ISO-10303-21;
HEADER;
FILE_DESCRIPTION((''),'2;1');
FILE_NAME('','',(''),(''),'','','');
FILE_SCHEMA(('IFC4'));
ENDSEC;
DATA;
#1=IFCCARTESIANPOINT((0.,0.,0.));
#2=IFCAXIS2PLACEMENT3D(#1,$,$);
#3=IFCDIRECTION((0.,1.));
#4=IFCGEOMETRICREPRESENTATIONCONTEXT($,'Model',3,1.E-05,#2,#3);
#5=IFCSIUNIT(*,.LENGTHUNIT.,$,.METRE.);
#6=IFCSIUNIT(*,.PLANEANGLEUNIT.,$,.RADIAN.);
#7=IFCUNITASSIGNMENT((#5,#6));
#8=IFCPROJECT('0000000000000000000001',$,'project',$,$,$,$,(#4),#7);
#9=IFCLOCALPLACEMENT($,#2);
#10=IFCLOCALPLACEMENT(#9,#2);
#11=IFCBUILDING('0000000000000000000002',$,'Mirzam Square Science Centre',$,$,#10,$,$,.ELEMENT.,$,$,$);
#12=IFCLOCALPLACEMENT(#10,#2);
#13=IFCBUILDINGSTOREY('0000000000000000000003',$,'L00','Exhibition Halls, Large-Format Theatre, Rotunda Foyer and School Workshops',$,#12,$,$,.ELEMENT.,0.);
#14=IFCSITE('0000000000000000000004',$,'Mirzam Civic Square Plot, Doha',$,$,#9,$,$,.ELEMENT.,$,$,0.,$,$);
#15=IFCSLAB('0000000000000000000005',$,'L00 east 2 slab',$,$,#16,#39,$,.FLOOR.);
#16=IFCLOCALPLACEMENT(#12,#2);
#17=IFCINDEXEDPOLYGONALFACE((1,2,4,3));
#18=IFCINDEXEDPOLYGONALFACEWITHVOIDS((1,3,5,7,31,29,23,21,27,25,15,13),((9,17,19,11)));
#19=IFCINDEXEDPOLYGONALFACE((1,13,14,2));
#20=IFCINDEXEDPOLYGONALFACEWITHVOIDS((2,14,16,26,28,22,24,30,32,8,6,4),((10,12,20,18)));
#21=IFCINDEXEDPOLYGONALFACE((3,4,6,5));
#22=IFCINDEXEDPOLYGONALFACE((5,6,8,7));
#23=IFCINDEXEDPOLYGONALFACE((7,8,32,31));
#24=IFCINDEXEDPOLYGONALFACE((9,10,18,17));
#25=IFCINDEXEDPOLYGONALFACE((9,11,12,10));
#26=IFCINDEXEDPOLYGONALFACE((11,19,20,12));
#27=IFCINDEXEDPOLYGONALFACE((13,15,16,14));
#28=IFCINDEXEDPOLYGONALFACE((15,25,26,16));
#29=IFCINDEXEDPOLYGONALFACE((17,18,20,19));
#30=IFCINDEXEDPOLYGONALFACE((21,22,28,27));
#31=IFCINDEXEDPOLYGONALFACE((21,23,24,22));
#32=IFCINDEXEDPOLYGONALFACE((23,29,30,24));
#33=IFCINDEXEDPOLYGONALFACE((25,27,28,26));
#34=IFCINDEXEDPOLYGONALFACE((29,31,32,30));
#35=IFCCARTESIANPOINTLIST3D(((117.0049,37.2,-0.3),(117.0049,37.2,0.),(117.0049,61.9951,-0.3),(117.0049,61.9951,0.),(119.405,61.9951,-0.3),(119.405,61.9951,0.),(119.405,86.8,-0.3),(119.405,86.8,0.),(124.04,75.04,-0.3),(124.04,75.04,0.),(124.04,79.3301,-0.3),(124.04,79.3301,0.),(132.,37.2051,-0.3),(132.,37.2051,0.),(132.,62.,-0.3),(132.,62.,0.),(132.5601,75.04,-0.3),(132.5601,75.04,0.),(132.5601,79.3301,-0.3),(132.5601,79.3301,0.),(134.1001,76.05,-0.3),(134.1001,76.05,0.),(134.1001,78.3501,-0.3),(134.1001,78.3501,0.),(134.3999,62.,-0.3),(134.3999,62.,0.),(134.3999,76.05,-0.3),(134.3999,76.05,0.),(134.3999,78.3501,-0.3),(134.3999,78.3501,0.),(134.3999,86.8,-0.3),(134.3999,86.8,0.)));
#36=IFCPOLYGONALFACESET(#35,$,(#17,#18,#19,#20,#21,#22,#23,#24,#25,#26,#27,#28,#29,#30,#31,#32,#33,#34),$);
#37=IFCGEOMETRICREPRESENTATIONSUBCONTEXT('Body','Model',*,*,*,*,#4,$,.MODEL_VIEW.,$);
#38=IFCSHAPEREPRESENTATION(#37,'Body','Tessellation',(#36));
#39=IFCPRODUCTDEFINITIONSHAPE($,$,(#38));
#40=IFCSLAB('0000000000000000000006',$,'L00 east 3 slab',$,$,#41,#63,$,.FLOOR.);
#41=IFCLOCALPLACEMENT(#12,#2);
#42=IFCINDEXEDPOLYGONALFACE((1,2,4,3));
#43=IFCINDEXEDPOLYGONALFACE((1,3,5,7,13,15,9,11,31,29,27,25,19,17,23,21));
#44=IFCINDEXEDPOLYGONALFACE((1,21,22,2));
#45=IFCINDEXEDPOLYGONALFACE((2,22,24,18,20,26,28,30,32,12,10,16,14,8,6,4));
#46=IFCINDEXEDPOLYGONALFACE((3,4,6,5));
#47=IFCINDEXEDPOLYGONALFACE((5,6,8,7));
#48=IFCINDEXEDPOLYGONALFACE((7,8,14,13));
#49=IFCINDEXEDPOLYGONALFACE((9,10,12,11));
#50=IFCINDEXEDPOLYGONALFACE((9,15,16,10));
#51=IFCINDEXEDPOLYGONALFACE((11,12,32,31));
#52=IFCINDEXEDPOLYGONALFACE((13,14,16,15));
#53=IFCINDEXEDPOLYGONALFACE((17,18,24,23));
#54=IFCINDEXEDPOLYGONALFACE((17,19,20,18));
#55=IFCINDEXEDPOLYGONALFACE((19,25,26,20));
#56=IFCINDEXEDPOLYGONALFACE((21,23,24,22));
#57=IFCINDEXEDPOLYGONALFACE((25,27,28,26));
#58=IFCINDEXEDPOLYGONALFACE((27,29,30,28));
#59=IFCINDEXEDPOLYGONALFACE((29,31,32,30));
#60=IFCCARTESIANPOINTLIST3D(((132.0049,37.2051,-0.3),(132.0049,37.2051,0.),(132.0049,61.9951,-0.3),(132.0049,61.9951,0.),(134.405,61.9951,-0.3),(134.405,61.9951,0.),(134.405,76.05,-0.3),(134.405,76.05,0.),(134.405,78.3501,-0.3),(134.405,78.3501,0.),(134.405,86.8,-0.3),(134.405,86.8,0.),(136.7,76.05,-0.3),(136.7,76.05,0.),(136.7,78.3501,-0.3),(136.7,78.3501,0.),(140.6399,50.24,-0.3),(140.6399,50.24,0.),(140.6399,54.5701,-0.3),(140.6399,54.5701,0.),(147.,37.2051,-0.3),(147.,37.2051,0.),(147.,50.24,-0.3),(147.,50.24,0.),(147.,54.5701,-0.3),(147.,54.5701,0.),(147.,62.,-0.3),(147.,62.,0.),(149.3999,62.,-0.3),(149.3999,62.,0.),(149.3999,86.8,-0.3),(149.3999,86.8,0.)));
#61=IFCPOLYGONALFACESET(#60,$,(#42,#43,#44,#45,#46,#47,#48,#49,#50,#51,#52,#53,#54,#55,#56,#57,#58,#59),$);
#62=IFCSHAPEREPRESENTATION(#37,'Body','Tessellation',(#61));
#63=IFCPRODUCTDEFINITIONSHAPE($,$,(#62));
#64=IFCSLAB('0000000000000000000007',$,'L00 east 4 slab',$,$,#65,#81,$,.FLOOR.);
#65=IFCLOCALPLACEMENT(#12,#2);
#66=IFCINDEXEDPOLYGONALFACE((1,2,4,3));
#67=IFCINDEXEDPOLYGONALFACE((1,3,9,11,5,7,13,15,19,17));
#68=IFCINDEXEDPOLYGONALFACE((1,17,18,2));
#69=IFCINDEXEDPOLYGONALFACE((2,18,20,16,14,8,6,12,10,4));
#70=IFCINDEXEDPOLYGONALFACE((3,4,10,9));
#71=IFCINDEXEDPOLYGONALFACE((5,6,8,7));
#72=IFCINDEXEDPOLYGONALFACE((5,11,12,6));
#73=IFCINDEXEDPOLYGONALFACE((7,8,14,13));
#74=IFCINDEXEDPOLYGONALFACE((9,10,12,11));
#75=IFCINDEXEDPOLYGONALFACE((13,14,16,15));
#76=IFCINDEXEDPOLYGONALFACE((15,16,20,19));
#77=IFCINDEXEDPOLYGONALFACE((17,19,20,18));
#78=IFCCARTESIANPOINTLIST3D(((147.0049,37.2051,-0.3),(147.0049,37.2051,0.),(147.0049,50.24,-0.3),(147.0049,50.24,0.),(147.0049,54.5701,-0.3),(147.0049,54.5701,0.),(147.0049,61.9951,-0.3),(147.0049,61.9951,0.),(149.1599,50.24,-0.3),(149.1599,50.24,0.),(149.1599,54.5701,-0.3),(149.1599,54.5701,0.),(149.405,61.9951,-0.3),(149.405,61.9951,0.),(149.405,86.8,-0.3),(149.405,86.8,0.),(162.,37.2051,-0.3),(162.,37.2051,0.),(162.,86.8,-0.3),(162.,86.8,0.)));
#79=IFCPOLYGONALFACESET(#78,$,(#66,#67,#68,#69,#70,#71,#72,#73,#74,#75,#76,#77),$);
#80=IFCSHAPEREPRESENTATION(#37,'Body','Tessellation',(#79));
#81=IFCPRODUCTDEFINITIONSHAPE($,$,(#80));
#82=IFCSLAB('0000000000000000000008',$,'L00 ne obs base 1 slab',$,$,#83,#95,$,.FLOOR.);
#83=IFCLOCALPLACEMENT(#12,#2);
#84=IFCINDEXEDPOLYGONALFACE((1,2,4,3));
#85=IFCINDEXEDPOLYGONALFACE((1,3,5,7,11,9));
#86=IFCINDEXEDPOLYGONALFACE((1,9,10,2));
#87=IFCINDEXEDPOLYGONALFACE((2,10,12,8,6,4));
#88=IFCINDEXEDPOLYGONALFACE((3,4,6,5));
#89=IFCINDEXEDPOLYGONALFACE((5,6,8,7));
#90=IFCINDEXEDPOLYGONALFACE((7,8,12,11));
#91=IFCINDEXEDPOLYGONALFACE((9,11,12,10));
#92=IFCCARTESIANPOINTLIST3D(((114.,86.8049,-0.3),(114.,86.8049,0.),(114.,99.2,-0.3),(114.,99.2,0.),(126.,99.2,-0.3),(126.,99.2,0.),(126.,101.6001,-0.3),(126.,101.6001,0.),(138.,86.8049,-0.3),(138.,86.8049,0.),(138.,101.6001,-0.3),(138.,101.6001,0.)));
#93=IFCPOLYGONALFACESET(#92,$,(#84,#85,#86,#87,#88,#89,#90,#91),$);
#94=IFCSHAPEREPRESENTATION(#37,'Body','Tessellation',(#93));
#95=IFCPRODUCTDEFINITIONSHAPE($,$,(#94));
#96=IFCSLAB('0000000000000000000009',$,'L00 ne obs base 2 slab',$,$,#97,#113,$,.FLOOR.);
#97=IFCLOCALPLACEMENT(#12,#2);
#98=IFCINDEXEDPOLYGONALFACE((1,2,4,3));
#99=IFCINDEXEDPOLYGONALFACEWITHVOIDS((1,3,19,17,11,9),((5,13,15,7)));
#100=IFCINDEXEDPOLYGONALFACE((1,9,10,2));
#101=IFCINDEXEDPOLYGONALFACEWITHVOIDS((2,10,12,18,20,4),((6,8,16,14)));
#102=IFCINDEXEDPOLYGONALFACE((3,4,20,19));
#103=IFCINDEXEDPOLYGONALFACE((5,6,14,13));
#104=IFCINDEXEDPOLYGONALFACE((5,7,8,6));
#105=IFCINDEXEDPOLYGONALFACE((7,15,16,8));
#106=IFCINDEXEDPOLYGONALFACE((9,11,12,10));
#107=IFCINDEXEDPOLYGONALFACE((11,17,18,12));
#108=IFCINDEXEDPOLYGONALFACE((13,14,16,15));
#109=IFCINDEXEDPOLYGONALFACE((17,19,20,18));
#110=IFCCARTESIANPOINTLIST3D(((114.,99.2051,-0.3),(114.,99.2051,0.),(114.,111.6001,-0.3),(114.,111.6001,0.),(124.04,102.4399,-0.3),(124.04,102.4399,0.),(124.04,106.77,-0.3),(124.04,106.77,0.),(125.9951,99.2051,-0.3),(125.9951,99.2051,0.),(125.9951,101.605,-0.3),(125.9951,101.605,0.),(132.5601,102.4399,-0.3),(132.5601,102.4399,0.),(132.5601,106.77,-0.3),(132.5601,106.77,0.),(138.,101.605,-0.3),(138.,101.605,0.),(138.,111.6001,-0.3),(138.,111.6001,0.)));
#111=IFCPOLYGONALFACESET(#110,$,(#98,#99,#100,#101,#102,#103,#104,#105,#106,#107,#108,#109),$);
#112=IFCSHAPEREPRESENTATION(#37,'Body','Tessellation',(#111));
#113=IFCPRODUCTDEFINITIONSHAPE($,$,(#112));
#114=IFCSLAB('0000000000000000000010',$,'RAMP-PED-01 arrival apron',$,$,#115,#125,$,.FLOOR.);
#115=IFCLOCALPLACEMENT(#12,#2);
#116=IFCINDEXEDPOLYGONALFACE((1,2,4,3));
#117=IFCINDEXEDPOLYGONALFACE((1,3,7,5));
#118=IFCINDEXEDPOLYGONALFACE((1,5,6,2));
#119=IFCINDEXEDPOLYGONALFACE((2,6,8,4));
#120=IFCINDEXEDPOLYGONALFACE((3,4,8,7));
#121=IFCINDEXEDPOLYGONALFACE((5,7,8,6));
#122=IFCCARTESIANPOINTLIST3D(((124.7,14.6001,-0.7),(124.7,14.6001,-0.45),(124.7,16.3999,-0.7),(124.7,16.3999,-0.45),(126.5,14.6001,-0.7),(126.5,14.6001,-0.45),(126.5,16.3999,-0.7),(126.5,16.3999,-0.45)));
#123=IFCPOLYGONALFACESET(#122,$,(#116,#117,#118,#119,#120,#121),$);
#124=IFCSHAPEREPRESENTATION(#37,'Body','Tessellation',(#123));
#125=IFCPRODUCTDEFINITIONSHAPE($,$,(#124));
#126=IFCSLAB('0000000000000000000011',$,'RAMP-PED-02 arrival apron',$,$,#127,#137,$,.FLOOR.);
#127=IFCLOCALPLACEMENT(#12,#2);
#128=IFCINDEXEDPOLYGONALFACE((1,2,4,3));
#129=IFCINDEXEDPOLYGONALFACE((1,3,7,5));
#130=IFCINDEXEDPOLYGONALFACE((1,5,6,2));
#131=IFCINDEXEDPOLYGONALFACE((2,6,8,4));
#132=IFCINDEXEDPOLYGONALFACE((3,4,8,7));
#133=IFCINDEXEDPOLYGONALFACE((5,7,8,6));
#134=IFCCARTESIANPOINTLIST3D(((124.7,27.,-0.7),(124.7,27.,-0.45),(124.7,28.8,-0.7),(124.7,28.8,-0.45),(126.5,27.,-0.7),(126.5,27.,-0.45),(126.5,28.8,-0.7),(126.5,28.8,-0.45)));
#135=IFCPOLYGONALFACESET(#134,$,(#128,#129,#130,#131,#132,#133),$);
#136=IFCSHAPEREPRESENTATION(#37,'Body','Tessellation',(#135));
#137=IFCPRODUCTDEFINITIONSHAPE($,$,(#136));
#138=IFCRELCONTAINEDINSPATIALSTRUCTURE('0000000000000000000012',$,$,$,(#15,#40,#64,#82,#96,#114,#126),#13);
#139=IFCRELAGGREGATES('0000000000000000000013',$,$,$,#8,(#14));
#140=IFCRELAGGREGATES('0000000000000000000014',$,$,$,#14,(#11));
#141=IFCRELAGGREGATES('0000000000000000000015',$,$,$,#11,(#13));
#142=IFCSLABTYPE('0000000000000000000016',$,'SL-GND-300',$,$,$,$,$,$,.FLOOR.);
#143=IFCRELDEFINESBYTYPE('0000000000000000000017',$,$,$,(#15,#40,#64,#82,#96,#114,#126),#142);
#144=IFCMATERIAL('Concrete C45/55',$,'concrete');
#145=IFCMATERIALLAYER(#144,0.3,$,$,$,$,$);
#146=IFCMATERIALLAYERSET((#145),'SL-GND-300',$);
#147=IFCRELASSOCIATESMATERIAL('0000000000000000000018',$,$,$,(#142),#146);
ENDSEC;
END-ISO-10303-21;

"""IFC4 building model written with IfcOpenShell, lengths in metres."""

from ifc_helpers import new_model, si_unit, direction, frame, origin, place, context, subcontext, project, spatial, polyline, outline, extrude, material, layer, layer_set, type_object, element, save


model = new_model("IFC4")

# Units and contexts
model_context = context("Model", 3, precision=1e-05, world=origin(), true_north=direction((0.0, 1.0)))
body_context = subcontext(model_context, "Body", "Model", "MODEL_VIEW")
ifc_project = project(units=[si_unit("LENGTHUNIT", "METRE"), si_unit("PLANEANGLEUNIT", "RADIAN")], contexts=[model_context])

# Site, building, storey
site_placement = place(None, origin())
site = spatial("IfcSite", under=ifc_project, at=site_placement, Name="Mirzam Civic Square Plot, Doha", CompositionType="ELEMENT", RefElevation=0.0)
building_placement = place(site_placement, origin())
building = spatial("IfcBuilding", under=site, at=building_placement, Name="Mirzam Square Science Centre", CompositionType="ELEMENT")
storey_placement = place(building_placement, origin())
storey = spatial("IfcBuildingStorey", under=building, at=storey_placement, Name="L00", Description="Exhibition Halls, Large-Format Theatre, Rotunda Foyer and School Workshops", CompositionType="ELEMENT", Elevation=0.0)

# Shared definitions
ifc_material_1 = material(Name="Concrete C45/55", Category="concrete")

# Slabs
ifc_layer_1 = layer(ifc_material_1, 0.3)
ifc_layer_set_1 = layer_set([ifc_layer_1], Name="SL-GND-300")
slab_type_1 = type_object("IfcSlabType", Name="SL-GND-300", PredefinedType="FLOOR", material=ifc_layer_set_1)
slab_1_placement = place(storey_placement, frame((0.0, 0.0, -0.3)))
element("IfcSlab", 1, at=slab_1_placement, inside=storey, type_object=slab_type_1, Name="L00 east 2 slab", PredefinedType="FLOOR", context=body_context, shape_type="SweptSolid", body=[
    extrude(outline(polyline([(132.0, 62.0), (132.0, 37.2051), (117.0049, 37.2), (117.0049, 61.9951), (119.405, 61.9951), (119.405, 86.8), (134.3999, 86.8), (134.3999, 78.3501), (134.1001, 78.3501), (134.1001, 76.05), (134.3999, 76.05), (134.3999, 62.0), (132.0, 62.0)]), holes=[polyline([(132.5601, 79.3301), (124.04, 79.3301), (124.04, 75.04), (132.5601, 75.04), (132.5601, 79.3301)])]), origin(), (0.0, 0.0, 1.0), 0.3),
])
slab_2_placement = place(storey_placement, frame((0.0, 0.0, -0.3)))
element("IfcSlab", 2, at=slab_2_placement, inside=storey, type_object=slab_type_1, Name="L00 east 3 slab", PredefinedType="FLOOR", context=body_context, shape_type="SweptSolid", body=[
    extrude(outline(polyline([(136.7, 76.05), (136.7, 78.3501), (134.405, 78.3501), (134.405, 86.8), (149.3999, 86.8), (149.3999, 62.0), (147.0, 62.0), (147.0, 54.5701), (140.6399, 54.5701), (140.6399, 50.24), (147.0, 50.24), (147.0, 37.2051), (132.0049, 37.2051), (132.0049, 61.9951), (134.405, 61.9951), (134.405, 76.05), (136.7, 76.05)])), origin(), (0.0, 0.0, 1.0), 0.3),
])
slab_3_placement = place(storey_placement, frame((0.0, 0.0, -0.3)))
element("IfcSlab", 3, at=slab_3_placement, inside=storey, type_object=slab_type_1, Name="L00 east 4 slab", PredefinedType="FLOOR", context=body_context, shape_type="SweptSolid", body=[
    extrude(outline(polyline([(162.0, 86.8), (162.0, 37.2051), (147.0049, 37.2051), (147.0049, 50.24), (149.1599, 50.24), (149.1599, 54.5701), (147.0049, 54.5701), (147.0049, 61.9951), (149.405, 61.9951), (149.405, 86.8), (162.0, 86.8)])), origin(), (0.0, 0.0, 1.0), 0.3),
])
slab_4_placement = place(storey_placement, frame((0.0, 0.0, -0.3)))
element("IfcSlab", 4, at=slab_4_placement, inside=storey, type_object=slab_type_1, Name="L00 ne obs base 1 slab", PredefinedType="FLOOR", context=body_context, shape_type="SweptSolid", body=[
    extrude(outline(polyline([(126.0, 99.2), (126.0, 101.6001), (138.0, 101.6001), (138.0, 86.8049), (114.0, 86.8049), (114.0, 99.2), (126.0, 99.2)])), origin(), (0.0, 0.0, 1.0), 0.3),
])
slab_5_placement = place(storey_placement, frame((0.0, 0.0, -0.3)))
element("IfcSlab", 5, at=slab_5_placement, inside=storey, type_object=slab_type_1, Name="L00 ne obs base 2 slab", PredefinedType="FLOOR", context=body_context, shape_type="SweptSolid", body=[
    extrude(outline(polyline([(114.0, 111.6001), (138.0, 111.6001), (138.0, 101.605), (125.9951, 101.605), (125.9951, 99.2051), (114.0, 99.2051), (114.0, 111.6001)]), holes=[polyline([(132.5601, 106.77), (124.04, 106.77), (124.04, 102.4399), (132.5601, 102.4399), (132.5601, 106.77)])]), origin(), (0.0, 0.0, 1.0), 0.3),
])
slab_6_placement = place(storey_placement, frame((0.0, 0.0, -0.7)))
element("IfcSlab", 6, at=slab_6_placement, inside=storey, type_object=slab_type_1, Name="RAMP-PED-01 arrival apron", PredefinedType="FLOOR", context=body_context, shape_type="SweptSolid", body=[
    extrude(outline(polyline([(124.7, 14.6001), (126.5, 14.6001), (126.5, 16.3999), (124.7, 16.3999), (124.7, 14.6001)])), origin(), (0.0, 0.0, 1.0), 0.25),
])
slab_7_placement = place(storey_placement, frame((0.0, 0.0, -0.7)))
element("IfcSlab", 7, at=slab_7_placement, inside=storey, type_object=slab_type_1, Name="RAMP-PED-02 arrival apron", PredefinedType="FLOOR", context=body_context, shape_type="SweptSolid", body=[
    extrude(outline(polyline([(124.7, 27.0), (126.5, 27.0), (126.5, 28.8), (124.7, 28.8), (124.7, 27.0)])), origin(), (0.0, 0.0, 1.0), 0.25),
])

save(model, "model.ifc")
